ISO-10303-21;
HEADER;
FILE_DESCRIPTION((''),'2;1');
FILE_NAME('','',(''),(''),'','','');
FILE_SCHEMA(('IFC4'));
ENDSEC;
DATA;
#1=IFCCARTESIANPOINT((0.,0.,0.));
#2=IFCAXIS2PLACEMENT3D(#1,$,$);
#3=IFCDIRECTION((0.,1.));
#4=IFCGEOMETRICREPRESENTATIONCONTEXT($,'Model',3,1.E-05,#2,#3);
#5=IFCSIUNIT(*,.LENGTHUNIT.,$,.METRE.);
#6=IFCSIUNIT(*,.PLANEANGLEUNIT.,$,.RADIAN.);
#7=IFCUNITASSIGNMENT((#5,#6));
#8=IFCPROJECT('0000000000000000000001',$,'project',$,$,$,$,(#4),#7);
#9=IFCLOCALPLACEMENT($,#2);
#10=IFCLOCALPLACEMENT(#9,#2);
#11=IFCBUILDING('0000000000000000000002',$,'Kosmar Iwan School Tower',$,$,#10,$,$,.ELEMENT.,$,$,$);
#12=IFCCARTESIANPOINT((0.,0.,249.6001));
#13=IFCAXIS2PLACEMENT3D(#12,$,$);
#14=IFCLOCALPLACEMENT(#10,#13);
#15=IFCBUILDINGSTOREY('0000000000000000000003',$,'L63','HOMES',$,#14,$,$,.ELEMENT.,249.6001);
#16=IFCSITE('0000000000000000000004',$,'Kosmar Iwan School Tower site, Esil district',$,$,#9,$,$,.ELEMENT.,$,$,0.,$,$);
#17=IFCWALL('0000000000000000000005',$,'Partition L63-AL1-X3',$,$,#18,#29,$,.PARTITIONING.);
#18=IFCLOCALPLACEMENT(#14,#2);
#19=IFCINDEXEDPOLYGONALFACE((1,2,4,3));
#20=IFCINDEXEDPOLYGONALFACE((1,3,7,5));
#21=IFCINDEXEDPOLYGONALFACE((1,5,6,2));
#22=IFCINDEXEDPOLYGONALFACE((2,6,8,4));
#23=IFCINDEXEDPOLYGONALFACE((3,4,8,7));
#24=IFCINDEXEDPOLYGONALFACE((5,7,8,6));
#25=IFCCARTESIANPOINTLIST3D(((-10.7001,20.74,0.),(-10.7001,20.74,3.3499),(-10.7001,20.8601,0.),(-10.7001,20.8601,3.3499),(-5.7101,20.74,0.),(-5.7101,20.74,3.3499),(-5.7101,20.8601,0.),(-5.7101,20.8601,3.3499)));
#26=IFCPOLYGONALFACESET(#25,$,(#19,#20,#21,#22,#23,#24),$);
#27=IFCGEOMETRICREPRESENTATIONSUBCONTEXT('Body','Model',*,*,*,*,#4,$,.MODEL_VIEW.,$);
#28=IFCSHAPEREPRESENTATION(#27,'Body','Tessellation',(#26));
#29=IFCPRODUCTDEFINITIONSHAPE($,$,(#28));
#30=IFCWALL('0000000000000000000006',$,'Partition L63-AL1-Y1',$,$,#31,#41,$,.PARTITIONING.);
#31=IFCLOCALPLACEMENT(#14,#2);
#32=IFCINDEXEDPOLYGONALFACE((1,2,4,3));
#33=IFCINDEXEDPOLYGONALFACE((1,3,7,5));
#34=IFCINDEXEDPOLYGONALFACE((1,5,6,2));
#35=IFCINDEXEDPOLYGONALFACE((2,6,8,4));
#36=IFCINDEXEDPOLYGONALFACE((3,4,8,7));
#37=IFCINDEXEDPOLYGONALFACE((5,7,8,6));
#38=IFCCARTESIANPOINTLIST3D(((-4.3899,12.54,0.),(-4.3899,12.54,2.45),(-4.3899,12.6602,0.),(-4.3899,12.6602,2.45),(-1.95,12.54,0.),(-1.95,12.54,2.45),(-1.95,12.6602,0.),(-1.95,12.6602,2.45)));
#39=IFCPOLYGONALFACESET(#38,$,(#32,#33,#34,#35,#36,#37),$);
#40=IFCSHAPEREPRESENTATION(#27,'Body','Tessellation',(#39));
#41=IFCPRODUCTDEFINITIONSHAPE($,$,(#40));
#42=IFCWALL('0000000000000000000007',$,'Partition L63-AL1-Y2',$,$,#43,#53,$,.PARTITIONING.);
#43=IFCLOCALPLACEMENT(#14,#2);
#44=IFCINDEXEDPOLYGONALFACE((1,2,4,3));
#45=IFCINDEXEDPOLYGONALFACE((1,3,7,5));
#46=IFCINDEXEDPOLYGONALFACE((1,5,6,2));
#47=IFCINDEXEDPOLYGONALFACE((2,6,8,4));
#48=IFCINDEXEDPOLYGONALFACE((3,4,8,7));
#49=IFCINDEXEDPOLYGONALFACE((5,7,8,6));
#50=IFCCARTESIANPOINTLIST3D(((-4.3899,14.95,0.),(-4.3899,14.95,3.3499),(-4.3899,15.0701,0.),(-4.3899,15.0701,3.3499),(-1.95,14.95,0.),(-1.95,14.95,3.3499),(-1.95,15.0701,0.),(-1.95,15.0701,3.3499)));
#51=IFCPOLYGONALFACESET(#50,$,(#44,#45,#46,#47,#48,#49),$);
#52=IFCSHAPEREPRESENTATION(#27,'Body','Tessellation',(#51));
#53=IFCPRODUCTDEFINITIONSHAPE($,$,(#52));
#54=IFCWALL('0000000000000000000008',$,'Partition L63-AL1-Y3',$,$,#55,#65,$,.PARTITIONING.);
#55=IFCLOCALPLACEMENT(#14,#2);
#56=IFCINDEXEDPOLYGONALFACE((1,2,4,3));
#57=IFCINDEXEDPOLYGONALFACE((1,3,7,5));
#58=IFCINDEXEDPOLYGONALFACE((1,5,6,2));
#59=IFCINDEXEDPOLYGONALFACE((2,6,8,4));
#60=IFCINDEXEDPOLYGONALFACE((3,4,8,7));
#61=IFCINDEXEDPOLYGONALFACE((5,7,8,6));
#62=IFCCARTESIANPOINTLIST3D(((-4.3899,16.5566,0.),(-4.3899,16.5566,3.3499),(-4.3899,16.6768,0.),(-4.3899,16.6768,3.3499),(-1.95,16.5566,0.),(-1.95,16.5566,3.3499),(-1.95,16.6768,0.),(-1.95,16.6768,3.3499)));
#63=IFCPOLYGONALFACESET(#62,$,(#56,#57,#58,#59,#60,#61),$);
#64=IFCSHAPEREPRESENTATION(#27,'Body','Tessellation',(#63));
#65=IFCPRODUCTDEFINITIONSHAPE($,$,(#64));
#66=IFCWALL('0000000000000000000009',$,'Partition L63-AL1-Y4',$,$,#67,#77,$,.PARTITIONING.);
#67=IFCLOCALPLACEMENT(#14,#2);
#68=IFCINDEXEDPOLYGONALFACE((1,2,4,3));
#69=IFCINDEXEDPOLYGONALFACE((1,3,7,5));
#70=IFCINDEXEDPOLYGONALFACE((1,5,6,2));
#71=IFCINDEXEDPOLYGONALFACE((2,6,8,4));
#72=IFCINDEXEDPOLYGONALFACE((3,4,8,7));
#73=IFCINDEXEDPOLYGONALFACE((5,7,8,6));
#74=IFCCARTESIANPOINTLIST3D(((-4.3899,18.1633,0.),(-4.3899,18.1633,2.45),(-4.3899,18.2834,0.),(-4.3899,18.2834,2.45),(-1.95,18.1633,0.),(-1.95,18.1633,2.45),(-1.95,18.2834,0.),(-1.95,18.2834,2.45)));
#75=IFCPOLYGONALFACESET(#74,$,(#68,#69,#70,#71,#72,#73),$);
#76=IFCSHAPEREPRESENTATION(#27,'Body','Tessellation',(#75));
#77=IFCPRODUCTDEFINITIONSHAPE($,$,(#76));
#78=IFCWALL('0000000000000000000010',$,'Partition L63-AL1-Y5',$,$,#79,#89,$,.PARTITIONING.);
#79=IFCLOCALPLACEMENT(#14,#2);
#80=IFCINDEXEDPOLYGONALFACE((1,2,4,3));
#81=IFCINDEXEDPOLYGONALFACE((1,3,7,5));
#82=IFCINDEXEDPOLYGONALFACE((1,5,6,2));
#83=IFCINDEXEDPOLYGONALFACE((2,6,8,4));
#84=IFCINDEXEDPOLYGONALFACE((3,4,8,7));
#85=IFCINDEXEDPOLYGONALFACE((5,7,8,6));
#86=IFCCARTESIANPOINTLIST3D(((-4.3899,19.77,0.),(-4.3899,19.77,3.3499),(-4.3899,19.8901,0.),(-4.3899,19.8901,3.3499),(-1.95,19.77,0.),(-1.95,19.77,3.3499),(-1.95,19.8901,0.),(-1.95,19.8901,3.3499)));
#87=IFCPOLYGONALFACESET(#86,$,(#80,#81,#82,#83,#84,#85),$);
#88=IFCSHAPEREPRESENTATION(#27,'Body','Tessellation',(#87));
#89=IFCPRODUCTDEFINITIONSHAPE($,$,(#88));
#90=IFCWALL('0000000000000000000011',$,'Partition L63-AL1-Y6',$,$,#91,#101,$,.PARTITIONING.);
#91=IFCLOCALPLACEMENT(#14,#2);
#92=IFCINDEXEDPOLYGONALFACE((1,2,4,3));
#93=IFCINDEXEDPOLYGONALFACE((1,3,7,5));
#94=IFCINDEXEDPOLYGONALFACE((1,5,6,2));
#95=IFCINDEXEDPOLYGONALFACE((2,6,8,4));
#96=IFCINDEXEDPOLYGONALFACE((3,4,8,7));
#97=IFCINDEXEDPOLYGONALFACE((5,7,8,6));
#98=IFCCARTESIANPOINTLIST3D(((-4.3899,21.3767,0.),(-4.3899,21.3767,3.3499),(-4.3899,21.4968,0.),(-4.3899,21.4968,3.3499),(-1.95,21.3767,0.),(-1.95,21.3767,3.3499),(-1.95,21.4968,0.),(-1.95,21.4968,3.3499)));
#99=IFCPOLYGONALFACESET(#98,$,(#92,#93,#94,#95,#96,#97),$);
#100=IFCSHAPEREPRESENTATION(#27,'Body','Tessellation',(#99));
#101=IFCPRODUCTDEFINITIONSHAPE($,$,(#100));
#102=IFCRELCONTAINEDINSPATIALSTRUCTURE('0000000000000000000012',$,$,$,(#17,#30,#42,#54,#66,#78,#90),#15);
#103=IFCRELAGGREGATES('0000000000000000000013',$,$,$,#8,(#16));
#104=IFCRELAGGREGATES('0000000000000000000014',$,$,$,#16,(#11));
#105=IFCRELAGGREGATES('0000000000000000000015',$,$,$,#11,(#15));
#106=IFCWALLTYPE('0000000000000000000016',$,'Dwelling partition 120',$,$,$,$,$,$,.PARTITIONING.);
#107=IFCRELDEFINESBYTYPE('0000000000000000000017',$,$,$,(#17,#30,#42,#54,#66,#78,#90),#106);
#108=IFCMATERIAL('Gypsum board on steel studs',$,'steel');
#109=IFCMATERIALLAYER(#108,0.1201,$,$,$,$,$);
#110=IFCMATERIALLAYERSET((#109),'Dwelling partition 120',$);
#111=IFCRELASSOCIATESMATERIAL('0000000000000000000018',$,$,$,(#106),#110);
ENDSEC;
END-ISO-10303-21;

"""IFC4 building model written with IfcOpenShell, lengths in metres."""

from ifc_helpers import new_model, si_unit, direction, frame, frame_2d, origin, place, context, subcontext, project, spatial, rectangle, extrude, material, layer, layer_set, type_object, element, save


model = new_model("IFC4")

# Units and contexts
model_context = context("Model", 3, precision=1e-05, world=origin(), true_north=direction((0.0, 1.0)))
body_context = subcontext(model_context, "Body", "Model", "MODEL_VIEW")
ifc_project = project(units=[si_unit("LENGTHUNIT", "METRE"), si_unit("PLANEANGLEUNIT", "RADIAN")], contexts=[model_context])

# Site, building, storey
site_placement = place(None, origin())
site = spatial("IfcSite", under=ifc_project, at=site_placement, Name="Kosmar Iwan School Tower site, Esil district", CompositionType="ELEMENT", RefElevation=0.0)
building_placement = place(site_placement, origin())
building = spatial("IfcBuilding", under=site, at=building_placement, Name="Kosmar Iwan School Tower", CompositionType="ELEMENT")
storey_placement = place(building_placement, frame((0.0, 0.0, 249.6001)))
storey = spatial("IfcBuildingStorey", under=building, at=storey_placement, Name="L63", Description="HOMES", CompositionType="ELEMENT", Elevation=249.6001)

# Shared definitions
ifc_material_1 = material(Name="Gypsum board on steel studs", Category="steel")
ifc_layer_1 = layer(ifc_material_1, 0.1201)
ifc_layer_set_1 = layer_set([ifc_layer_1], Name="Dwelling partition 120")
wall_type_1 = type_object("IfcWallType", Name="Dwelling partition 120", PredefinedType="PARTITIONING", material=ifc_layer_set_1)

# Walls
wall_1_placement = place(storey_placement, frame((-5.71, 20.8, 0.0), z_axis=(0.0, 0.0, 1.0), x_axis=(-1.0, 0.0, 0.0)))
element("IfcWall", 1, at=wall_1_placement, inside=storey, type_object=wall_type_1, Name="Partition L63-AL1-X3", PredefinedType="PARTITIONING", context=body_context, shape_type="SweptSolid", body=[
    extrude(rectangle(XDim=4.99, YDim=0.1201, at=frame_2d((2.4951, 0.0))), origin(), (0.0, 0.0, 1.0), 3.3499),
])
wall_2_placement = place(storey_placement, frame((-1.95, 12.6001, 0.0), z_axis=(0.0, 0.0, 1.0), x_axis=(-1.0, 0.0, 0.0)))
element("IfcWall", 2, at=wall_2_placement, inside=storey, type_object=wall_type_1, Name="Partition L63-AL1-Y1", PredefinedType="PARTITIONING", context=body_context, shape_type="SweptSolid", body=[
    extrude(rectangle(XDim=2.4399, YDim=0.1201, at=frame_2d((1.22, 0.0))), origin(), (0.0, 0.0, 1.0), 2.45),
])
for number, where, z_axis, x_axis, name in (
    (3, (-1.95, 15.01, 0.0), (0.0, 0.0, 1.0), (-1.0, 0.0, 0.0), "Partition L63-AL1-Y2"),
    (4, (-1.95, 16.6167, 0.0), (0.0, 0.0, 1.0), (-1.0, 0.0, 0.0), "Partition L63-AL1-Y3"),
):
    element("IfcWall", number, at=place(storey_placement, frame(where, z_axis=z_axis, x_axis=x_axis)), inside=storey, type_object=wall_type_1, Name=name, PredefinedType="PARTITIONING", context=body_context, shape_type="SweptSolid", body=[
        extrude(rectangle(XDim=2.4399, YDim=0.1201, at=frame_2d((1.22, 0.0))), origin(), (0.0, 0.0, 1.0), 3.3499),
    ])
wall_3_placement = place(storey_placement, frame((-1.95, 18.2234, 0.0), z_axis=(0.0, 0.0, 1.0), x_axis=(-1.0, 0.0, 0.0)))
element("IfcWall", 5, at=wall_3_placement, inside=storey, type_object=wall_type_1, Name="Partition L63-AL1-Y4", PredefinedType="PARTITIONING", context=body_context, shape_type="SweptSolid", body=[
    extrude(rectangle(XDim=2.4399, YDim=0.1201, at=frame_2d((1.22, 0.0))), origin(), (0.0, 0.0, 1.0), 2.45),
])
for number, where, z_axis, x_axis, name in (
    (6, (-1.95, 19.8301, 0.0), (0.0, 0.0, 1.0), (-1.0, 0.0, 0.0), "Partition L63-AL1-Y5"),
    (7, (-1.95, 21.4368, 0.0), (0.0, 0.0, 1.0), (-1.0, 0.0, 0.0), "Partition L63-AL1-Y6"),
):
    element("IfcWall", number, at=place(storey_placement, frame(where, z_axis=z_axis, x_axis=x_axis)), inside=storey, type_object=wall_type_1, Name=name, PredefinedType="PARTITIONING", context=body_context, shape_type="SweptSolid", body=[
        extrude(rectangle(XDim=2.4399, YDim=0.1201, at=frame_2d((1.22, 0.0))), origin(), (0.0, 0.0, 1.0), 3.3499),
    ])

save(model, "model.ifc")
